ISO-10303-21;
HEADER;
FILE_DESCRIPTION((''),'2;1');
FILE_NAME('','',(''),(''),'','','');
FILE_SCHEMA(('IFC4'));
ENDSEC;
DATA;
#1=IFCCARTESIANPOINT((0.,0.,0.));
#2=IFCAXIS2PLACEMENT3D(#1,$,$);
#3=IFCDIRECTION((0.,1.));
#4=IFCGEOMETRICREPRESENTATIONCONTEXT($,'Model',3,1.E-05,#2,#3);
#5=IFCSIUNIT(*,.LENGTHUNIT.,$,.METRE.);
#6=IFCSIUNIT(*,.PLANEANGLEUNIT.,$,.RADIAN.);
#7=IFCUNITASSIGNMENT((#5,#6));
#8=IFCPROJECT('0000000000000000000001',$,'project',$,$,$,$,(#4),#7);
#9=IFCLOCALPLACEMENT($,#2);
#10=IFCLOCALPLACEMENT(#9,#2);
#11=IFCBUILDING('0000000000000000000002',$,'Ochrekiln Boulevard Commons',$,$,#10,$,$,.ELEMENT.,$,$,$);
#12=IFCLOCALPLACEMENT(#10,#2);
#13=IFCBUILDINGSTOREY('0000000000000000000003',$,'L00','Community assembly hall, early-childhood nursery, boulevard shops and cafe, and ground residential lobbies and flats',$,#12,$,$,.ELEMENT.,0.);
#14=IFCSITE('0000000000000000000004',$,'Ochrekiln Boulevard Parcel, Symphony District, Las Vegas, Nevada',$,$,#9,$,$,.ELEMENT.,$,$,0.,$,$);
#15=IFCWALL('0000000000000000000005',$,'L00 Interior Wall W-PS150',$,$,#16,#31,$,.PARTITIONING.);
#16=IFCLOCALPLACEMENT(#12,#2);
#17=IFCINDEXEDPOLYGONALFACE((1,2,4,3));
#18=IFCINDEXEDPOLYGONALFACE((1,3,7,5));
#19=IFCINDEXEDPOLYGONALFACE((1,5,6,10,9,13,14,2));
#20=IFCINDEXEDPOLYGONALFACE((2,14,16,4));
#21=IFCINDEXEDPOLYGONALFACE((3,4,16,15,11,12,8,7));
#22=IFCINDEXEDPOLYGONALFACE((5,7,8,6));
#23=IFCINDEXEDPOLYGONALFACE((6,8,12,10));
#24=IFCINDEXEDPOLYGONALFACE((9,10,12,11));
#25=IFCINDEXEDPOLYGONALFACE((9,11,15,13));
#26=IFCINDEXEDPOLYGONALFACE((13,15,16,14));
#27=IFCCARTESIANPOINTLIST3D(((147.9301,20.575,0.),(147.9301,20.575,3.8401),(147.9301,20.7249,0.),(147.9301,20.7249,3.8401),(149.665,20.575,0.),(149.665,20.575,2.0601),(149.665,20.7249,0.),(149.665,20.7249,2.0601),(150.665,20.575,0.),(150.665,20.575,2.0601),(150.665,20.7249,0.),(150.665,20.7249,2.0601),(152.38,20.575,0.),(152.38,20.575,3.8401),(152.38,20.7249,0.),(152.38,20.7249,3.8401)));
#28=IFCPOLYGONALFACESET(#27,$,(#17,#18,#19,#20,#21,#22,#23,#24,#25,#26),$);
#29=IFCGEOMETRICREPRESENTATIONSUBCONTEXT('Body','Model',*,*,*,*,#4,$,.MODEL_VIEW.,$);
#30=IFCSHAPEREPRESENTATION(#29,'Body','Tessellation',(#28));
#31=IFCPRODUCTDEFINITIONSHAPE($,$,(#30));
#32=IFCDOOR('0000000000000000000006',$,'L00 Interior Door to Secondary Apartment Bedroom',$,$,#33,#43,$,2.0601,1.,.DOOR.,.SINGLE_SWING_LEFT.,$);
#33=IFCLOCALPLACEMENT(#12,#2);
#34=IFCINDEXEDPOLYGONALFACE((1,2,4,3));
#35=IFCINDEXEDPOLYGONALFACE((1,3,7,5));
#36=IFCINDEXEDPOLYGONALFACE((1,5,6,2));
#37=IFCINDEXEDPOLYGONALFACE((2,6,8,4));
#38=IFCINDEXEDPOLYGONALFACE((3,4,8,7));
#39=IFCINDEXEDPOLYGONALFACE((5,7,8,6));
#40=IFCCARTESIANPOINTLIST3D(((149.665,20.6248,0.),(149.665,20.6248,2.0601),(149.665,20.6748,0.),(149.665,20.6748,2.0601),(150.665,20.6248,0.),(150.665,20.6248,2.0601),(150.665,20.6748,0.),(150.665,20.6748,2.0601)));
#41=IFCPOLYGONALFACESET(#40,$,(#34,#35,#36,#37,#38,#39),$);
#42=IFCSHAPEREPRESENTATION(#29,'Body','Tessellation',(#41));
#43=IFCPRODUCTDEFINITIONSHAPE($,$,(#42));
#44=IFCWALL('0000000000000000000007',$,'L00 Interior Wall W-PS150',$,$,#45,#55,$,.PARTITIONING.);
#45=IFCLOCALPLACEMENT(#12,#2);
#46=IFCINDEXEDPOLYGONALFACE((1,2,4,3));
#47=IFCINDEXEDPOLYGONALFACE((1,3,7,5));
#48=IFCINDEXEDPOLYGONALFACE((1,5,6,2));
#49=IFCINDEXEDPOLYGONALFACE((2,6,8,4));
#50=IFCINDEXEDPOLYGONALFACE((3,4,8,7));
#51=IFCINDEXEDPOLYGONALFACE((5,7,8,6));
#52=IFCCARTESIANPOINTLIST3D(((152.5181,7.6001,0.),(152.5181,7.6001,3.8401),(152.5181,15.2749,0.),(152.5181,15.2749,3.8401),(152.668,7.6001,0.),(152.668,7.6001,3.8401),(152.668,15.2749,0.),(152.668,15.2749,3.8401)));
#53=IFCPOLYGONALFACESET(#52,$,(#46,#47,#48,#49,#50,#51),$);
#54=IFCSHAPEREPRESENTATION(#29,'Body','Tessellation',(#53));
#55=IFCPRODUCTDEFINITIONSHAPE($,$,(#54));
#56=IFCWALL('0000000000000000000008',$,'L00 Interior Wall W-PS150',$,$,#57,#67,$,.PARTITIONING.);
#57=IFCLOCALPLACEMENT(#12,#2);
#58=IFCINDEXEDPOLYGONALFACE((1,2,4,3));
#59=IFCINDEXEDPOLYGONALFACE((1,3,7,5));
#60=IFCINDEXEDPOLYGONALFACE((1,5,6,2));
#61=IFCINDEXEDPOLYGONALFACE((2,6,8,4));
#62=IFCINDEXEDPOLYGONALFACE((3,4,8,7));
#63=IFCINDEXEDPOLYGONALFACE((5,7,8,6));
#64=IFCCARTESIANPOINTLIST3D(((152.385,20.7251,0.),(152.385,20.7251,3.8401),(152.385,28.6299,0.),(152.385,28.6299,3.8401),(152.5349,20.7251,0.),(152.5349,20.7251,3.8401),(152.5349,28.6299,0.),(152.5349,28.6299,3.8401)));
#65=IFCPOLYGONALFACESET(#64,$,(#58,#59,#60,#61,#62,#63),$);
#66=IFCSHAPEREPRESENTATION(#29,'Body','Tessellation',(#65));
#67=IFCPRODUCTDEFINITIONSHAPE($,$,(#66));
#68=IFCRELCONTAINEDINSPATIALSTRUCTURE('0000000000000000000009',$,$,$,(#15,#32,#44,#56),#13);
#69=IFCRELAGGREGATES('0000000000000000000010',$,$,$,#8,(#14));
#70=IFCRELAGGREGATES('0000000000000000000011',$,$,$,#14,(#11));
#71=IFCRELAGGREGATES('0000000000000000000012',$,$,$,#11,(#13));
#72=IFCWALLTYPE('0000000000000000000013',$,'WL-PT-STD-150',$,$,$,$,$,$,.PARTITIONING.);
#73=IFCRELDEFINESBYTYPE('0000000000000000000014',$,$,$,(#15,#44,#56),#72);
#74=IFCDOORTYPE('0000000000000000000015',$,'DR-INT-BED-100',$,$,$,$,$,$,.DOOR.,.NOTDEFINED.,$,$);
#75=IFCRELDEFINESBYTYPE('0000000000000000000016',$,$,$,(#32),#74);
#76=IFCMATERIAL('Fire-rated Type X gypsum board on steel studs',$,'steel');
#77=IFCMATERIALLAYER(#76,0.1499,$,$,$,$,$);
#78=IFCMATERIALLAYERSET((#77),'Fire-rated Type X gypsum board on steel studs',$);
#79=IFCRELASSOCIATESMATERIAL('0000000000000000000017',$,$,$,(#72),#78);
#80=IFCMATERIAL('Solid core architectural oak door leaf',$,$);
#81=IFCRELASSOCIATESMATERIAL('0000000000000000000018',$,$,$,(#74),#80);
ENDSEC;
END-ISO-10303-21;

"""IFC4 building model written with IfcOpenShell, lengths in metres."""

from ifc_helpers import new_model, si_unit, direction, frame, frame_2d, origin, place, context, subcontext, project, spatial, rectangle, extrude, material, layer, layer_set, type_object, element, fill, save


model = new_model("IFC4")

# Units and contexts
model_context = context("Model", 3, precision=1e-05, world=origin(), true_north=direction((0.0, 1.0)))
body_context = subcontext(model_context, "Body", "Model", "MODEL_VIEW")
ifc_project = project(units=[si_unit("LENGTHUNIT", "METRE"), si_unit("PLANEANGLEUNIT", "RADIAN")], contexts=[model_context])

# Site, building, storey
site_placement = place(None, origin())
site = spatial("IfcSite", under=ifc_project, at=site_placement, Name="Ochrekiln Boulevard Parcel, Symphony District, Las Vegas, Nevada", CompositionType="ELEMENT", RefElevation=0.0)
building_placement = place(site_placement, origin())
building = spatial("IfcBuilding", under=site, at=building_placement, Name="Ochrekiln Boulevard Commons", CompositionType="ELEMENT")
storey_placement = place(building_placement, origin())
storey = spatial("IfcBuildingStorey", under=building, at=storey_placement, Name="L00", Description="Community assembly hall, early-childhood nursery, boulevard shops and cafe, and ground residential lobbies and flats", CompositionType="ELEMENT", Elevation=0.0)

# Wall, opening, door
ifc_material_1 = material(Name="Fire-rated Type X gypsum board on steel studs", Category="steel")
ifc_material_2 = material(Name="Solid core architectural oak door leaf")
ifc_layer_1 = layer(ifc_material_1, 0.1499)
ifc_layer_set_1 = layer_set([ifc_layer_1], Name="Fire-rated Type X gypsum board on steel studs")
wall_type_1 = type_object("IfcWallType", Name="WL-PT-STD-150", PredefinedType="PARTITIONING", material=ifc_layer_set_1)
wall_1_placement = place(storey_placement, frame((147.9299, 20.6499, 0.0), z_axis=(0.0, 0.0, 1.0), x_axis=(1.0, 0.0, 0.0)))
wall_1 = element("IfcWall", 1, at=wall_1_placement, inside=storey, type_object=wall_type_1, Name="L00 Interior Wall W-PS150", PredefinedType="PARTITIONING", context=body_context, shape_type="SweptSolid", body=[
    extrude(rectangle(XDim=4.45, YDim=0.1499, at=frame_2d((2.2251, 0.0))), origin(), (0.0, 0.0, 1.0), 3.8401),
])
opening_1_placement = place(wall_1_placement, frame((1.7351, 0.0, 0.0)))
opening_1 = element("IfcOpeningElement", 2, at=opening_1_placement, cuts=wall_1, PredefinedType="OPENING", context=body_context, shape_type="SweptSolid", body=[
    extrude(rectangle(XDim=1.0, YDim=2.0601, at=frame_2d((0.5, 1.03))), frame((0.0, 0.085, 0.0), z_axis=(0.0, -1.0, 0.0), x_axis=(1.0, 0.0, 0.0)), (0.0, 0.0, 1.0), 0.1699),
])
door_type_1 = type_object("IfcDoorType", Name="DR-INT-BED-100", OperationType="NOTDEFINED", PredefinedType="DOOR", material=ifc_material_2)
door_1_placement = place(opening_1_placement, origin())
door_1 = element("IfcDoor", 3, at=door_1_placement, inside=storey, type_object=door_type_1, Name="L00 Interior Door to Secondary Apartment Bedroom", OperationType="SINGLE_SWING_LEFT", OverallHeight=2.0601, OverallWidth=1.0, PredefinedType="DOOR", context=body_context, shape_type="SweptSolid", body=[
    extrude(rectangle(XDim=1.0, YDim=2.0601, at=frame_2d((0.5, 1.03))), frame((0.0, 0.0249, 0.0), z_axis=(0.0, -1.0, 0.0), x_axis=(1.0, 0.0, 0.0)), (0.0, 0.0, 1.0), 0.05),
])
fill(opening_1, door_1)

# Walls
wall_2_placement = place(storey_placement, frame((152.593, 7.6001, 0.0), z_axis=(0.0, 0.0, 1.0), x_axis=(0.0, 1.0, 0.0)))
element("IfcWall", 4, at=wall_2_placement, inside=storey, type_object=wall_type_1, Name="L00 Interior Wall W-PS150", PredefinedType="PARTITIONING", context=body_context, shape_type="SweptSolid", body=[
    extrude(rectangle(XDim=7.6748, YDim=0.1499, at=frame_2d((3.8374, 0.0))), origin(), (0.0, 0.0, 1.0), 3.8401),
])
wall_3_placement = place(storey_placement, frame((152.46, 20.7251, 0.0), z_axis=(0.0, 0.0, 1.0), x_axis=(0.0, 1.0, 0.0)))
element("IfcWall", 5, at=wall_3_placement, inside=storey, type_object=wall_type_1, Name="L00 Interior Wall W-PS150", PredefinedType="PARTITIONING", context=body_context, shape_type="SweptSolid", body=[
    extrude(rectangle(XDim=7.9048, YDim=0.1499, at=frame_2d((3.9524, 0.0))), origin(), (0.0, 0.0, 1.0), 3.8401),
])

save(model, "model.ifc")
